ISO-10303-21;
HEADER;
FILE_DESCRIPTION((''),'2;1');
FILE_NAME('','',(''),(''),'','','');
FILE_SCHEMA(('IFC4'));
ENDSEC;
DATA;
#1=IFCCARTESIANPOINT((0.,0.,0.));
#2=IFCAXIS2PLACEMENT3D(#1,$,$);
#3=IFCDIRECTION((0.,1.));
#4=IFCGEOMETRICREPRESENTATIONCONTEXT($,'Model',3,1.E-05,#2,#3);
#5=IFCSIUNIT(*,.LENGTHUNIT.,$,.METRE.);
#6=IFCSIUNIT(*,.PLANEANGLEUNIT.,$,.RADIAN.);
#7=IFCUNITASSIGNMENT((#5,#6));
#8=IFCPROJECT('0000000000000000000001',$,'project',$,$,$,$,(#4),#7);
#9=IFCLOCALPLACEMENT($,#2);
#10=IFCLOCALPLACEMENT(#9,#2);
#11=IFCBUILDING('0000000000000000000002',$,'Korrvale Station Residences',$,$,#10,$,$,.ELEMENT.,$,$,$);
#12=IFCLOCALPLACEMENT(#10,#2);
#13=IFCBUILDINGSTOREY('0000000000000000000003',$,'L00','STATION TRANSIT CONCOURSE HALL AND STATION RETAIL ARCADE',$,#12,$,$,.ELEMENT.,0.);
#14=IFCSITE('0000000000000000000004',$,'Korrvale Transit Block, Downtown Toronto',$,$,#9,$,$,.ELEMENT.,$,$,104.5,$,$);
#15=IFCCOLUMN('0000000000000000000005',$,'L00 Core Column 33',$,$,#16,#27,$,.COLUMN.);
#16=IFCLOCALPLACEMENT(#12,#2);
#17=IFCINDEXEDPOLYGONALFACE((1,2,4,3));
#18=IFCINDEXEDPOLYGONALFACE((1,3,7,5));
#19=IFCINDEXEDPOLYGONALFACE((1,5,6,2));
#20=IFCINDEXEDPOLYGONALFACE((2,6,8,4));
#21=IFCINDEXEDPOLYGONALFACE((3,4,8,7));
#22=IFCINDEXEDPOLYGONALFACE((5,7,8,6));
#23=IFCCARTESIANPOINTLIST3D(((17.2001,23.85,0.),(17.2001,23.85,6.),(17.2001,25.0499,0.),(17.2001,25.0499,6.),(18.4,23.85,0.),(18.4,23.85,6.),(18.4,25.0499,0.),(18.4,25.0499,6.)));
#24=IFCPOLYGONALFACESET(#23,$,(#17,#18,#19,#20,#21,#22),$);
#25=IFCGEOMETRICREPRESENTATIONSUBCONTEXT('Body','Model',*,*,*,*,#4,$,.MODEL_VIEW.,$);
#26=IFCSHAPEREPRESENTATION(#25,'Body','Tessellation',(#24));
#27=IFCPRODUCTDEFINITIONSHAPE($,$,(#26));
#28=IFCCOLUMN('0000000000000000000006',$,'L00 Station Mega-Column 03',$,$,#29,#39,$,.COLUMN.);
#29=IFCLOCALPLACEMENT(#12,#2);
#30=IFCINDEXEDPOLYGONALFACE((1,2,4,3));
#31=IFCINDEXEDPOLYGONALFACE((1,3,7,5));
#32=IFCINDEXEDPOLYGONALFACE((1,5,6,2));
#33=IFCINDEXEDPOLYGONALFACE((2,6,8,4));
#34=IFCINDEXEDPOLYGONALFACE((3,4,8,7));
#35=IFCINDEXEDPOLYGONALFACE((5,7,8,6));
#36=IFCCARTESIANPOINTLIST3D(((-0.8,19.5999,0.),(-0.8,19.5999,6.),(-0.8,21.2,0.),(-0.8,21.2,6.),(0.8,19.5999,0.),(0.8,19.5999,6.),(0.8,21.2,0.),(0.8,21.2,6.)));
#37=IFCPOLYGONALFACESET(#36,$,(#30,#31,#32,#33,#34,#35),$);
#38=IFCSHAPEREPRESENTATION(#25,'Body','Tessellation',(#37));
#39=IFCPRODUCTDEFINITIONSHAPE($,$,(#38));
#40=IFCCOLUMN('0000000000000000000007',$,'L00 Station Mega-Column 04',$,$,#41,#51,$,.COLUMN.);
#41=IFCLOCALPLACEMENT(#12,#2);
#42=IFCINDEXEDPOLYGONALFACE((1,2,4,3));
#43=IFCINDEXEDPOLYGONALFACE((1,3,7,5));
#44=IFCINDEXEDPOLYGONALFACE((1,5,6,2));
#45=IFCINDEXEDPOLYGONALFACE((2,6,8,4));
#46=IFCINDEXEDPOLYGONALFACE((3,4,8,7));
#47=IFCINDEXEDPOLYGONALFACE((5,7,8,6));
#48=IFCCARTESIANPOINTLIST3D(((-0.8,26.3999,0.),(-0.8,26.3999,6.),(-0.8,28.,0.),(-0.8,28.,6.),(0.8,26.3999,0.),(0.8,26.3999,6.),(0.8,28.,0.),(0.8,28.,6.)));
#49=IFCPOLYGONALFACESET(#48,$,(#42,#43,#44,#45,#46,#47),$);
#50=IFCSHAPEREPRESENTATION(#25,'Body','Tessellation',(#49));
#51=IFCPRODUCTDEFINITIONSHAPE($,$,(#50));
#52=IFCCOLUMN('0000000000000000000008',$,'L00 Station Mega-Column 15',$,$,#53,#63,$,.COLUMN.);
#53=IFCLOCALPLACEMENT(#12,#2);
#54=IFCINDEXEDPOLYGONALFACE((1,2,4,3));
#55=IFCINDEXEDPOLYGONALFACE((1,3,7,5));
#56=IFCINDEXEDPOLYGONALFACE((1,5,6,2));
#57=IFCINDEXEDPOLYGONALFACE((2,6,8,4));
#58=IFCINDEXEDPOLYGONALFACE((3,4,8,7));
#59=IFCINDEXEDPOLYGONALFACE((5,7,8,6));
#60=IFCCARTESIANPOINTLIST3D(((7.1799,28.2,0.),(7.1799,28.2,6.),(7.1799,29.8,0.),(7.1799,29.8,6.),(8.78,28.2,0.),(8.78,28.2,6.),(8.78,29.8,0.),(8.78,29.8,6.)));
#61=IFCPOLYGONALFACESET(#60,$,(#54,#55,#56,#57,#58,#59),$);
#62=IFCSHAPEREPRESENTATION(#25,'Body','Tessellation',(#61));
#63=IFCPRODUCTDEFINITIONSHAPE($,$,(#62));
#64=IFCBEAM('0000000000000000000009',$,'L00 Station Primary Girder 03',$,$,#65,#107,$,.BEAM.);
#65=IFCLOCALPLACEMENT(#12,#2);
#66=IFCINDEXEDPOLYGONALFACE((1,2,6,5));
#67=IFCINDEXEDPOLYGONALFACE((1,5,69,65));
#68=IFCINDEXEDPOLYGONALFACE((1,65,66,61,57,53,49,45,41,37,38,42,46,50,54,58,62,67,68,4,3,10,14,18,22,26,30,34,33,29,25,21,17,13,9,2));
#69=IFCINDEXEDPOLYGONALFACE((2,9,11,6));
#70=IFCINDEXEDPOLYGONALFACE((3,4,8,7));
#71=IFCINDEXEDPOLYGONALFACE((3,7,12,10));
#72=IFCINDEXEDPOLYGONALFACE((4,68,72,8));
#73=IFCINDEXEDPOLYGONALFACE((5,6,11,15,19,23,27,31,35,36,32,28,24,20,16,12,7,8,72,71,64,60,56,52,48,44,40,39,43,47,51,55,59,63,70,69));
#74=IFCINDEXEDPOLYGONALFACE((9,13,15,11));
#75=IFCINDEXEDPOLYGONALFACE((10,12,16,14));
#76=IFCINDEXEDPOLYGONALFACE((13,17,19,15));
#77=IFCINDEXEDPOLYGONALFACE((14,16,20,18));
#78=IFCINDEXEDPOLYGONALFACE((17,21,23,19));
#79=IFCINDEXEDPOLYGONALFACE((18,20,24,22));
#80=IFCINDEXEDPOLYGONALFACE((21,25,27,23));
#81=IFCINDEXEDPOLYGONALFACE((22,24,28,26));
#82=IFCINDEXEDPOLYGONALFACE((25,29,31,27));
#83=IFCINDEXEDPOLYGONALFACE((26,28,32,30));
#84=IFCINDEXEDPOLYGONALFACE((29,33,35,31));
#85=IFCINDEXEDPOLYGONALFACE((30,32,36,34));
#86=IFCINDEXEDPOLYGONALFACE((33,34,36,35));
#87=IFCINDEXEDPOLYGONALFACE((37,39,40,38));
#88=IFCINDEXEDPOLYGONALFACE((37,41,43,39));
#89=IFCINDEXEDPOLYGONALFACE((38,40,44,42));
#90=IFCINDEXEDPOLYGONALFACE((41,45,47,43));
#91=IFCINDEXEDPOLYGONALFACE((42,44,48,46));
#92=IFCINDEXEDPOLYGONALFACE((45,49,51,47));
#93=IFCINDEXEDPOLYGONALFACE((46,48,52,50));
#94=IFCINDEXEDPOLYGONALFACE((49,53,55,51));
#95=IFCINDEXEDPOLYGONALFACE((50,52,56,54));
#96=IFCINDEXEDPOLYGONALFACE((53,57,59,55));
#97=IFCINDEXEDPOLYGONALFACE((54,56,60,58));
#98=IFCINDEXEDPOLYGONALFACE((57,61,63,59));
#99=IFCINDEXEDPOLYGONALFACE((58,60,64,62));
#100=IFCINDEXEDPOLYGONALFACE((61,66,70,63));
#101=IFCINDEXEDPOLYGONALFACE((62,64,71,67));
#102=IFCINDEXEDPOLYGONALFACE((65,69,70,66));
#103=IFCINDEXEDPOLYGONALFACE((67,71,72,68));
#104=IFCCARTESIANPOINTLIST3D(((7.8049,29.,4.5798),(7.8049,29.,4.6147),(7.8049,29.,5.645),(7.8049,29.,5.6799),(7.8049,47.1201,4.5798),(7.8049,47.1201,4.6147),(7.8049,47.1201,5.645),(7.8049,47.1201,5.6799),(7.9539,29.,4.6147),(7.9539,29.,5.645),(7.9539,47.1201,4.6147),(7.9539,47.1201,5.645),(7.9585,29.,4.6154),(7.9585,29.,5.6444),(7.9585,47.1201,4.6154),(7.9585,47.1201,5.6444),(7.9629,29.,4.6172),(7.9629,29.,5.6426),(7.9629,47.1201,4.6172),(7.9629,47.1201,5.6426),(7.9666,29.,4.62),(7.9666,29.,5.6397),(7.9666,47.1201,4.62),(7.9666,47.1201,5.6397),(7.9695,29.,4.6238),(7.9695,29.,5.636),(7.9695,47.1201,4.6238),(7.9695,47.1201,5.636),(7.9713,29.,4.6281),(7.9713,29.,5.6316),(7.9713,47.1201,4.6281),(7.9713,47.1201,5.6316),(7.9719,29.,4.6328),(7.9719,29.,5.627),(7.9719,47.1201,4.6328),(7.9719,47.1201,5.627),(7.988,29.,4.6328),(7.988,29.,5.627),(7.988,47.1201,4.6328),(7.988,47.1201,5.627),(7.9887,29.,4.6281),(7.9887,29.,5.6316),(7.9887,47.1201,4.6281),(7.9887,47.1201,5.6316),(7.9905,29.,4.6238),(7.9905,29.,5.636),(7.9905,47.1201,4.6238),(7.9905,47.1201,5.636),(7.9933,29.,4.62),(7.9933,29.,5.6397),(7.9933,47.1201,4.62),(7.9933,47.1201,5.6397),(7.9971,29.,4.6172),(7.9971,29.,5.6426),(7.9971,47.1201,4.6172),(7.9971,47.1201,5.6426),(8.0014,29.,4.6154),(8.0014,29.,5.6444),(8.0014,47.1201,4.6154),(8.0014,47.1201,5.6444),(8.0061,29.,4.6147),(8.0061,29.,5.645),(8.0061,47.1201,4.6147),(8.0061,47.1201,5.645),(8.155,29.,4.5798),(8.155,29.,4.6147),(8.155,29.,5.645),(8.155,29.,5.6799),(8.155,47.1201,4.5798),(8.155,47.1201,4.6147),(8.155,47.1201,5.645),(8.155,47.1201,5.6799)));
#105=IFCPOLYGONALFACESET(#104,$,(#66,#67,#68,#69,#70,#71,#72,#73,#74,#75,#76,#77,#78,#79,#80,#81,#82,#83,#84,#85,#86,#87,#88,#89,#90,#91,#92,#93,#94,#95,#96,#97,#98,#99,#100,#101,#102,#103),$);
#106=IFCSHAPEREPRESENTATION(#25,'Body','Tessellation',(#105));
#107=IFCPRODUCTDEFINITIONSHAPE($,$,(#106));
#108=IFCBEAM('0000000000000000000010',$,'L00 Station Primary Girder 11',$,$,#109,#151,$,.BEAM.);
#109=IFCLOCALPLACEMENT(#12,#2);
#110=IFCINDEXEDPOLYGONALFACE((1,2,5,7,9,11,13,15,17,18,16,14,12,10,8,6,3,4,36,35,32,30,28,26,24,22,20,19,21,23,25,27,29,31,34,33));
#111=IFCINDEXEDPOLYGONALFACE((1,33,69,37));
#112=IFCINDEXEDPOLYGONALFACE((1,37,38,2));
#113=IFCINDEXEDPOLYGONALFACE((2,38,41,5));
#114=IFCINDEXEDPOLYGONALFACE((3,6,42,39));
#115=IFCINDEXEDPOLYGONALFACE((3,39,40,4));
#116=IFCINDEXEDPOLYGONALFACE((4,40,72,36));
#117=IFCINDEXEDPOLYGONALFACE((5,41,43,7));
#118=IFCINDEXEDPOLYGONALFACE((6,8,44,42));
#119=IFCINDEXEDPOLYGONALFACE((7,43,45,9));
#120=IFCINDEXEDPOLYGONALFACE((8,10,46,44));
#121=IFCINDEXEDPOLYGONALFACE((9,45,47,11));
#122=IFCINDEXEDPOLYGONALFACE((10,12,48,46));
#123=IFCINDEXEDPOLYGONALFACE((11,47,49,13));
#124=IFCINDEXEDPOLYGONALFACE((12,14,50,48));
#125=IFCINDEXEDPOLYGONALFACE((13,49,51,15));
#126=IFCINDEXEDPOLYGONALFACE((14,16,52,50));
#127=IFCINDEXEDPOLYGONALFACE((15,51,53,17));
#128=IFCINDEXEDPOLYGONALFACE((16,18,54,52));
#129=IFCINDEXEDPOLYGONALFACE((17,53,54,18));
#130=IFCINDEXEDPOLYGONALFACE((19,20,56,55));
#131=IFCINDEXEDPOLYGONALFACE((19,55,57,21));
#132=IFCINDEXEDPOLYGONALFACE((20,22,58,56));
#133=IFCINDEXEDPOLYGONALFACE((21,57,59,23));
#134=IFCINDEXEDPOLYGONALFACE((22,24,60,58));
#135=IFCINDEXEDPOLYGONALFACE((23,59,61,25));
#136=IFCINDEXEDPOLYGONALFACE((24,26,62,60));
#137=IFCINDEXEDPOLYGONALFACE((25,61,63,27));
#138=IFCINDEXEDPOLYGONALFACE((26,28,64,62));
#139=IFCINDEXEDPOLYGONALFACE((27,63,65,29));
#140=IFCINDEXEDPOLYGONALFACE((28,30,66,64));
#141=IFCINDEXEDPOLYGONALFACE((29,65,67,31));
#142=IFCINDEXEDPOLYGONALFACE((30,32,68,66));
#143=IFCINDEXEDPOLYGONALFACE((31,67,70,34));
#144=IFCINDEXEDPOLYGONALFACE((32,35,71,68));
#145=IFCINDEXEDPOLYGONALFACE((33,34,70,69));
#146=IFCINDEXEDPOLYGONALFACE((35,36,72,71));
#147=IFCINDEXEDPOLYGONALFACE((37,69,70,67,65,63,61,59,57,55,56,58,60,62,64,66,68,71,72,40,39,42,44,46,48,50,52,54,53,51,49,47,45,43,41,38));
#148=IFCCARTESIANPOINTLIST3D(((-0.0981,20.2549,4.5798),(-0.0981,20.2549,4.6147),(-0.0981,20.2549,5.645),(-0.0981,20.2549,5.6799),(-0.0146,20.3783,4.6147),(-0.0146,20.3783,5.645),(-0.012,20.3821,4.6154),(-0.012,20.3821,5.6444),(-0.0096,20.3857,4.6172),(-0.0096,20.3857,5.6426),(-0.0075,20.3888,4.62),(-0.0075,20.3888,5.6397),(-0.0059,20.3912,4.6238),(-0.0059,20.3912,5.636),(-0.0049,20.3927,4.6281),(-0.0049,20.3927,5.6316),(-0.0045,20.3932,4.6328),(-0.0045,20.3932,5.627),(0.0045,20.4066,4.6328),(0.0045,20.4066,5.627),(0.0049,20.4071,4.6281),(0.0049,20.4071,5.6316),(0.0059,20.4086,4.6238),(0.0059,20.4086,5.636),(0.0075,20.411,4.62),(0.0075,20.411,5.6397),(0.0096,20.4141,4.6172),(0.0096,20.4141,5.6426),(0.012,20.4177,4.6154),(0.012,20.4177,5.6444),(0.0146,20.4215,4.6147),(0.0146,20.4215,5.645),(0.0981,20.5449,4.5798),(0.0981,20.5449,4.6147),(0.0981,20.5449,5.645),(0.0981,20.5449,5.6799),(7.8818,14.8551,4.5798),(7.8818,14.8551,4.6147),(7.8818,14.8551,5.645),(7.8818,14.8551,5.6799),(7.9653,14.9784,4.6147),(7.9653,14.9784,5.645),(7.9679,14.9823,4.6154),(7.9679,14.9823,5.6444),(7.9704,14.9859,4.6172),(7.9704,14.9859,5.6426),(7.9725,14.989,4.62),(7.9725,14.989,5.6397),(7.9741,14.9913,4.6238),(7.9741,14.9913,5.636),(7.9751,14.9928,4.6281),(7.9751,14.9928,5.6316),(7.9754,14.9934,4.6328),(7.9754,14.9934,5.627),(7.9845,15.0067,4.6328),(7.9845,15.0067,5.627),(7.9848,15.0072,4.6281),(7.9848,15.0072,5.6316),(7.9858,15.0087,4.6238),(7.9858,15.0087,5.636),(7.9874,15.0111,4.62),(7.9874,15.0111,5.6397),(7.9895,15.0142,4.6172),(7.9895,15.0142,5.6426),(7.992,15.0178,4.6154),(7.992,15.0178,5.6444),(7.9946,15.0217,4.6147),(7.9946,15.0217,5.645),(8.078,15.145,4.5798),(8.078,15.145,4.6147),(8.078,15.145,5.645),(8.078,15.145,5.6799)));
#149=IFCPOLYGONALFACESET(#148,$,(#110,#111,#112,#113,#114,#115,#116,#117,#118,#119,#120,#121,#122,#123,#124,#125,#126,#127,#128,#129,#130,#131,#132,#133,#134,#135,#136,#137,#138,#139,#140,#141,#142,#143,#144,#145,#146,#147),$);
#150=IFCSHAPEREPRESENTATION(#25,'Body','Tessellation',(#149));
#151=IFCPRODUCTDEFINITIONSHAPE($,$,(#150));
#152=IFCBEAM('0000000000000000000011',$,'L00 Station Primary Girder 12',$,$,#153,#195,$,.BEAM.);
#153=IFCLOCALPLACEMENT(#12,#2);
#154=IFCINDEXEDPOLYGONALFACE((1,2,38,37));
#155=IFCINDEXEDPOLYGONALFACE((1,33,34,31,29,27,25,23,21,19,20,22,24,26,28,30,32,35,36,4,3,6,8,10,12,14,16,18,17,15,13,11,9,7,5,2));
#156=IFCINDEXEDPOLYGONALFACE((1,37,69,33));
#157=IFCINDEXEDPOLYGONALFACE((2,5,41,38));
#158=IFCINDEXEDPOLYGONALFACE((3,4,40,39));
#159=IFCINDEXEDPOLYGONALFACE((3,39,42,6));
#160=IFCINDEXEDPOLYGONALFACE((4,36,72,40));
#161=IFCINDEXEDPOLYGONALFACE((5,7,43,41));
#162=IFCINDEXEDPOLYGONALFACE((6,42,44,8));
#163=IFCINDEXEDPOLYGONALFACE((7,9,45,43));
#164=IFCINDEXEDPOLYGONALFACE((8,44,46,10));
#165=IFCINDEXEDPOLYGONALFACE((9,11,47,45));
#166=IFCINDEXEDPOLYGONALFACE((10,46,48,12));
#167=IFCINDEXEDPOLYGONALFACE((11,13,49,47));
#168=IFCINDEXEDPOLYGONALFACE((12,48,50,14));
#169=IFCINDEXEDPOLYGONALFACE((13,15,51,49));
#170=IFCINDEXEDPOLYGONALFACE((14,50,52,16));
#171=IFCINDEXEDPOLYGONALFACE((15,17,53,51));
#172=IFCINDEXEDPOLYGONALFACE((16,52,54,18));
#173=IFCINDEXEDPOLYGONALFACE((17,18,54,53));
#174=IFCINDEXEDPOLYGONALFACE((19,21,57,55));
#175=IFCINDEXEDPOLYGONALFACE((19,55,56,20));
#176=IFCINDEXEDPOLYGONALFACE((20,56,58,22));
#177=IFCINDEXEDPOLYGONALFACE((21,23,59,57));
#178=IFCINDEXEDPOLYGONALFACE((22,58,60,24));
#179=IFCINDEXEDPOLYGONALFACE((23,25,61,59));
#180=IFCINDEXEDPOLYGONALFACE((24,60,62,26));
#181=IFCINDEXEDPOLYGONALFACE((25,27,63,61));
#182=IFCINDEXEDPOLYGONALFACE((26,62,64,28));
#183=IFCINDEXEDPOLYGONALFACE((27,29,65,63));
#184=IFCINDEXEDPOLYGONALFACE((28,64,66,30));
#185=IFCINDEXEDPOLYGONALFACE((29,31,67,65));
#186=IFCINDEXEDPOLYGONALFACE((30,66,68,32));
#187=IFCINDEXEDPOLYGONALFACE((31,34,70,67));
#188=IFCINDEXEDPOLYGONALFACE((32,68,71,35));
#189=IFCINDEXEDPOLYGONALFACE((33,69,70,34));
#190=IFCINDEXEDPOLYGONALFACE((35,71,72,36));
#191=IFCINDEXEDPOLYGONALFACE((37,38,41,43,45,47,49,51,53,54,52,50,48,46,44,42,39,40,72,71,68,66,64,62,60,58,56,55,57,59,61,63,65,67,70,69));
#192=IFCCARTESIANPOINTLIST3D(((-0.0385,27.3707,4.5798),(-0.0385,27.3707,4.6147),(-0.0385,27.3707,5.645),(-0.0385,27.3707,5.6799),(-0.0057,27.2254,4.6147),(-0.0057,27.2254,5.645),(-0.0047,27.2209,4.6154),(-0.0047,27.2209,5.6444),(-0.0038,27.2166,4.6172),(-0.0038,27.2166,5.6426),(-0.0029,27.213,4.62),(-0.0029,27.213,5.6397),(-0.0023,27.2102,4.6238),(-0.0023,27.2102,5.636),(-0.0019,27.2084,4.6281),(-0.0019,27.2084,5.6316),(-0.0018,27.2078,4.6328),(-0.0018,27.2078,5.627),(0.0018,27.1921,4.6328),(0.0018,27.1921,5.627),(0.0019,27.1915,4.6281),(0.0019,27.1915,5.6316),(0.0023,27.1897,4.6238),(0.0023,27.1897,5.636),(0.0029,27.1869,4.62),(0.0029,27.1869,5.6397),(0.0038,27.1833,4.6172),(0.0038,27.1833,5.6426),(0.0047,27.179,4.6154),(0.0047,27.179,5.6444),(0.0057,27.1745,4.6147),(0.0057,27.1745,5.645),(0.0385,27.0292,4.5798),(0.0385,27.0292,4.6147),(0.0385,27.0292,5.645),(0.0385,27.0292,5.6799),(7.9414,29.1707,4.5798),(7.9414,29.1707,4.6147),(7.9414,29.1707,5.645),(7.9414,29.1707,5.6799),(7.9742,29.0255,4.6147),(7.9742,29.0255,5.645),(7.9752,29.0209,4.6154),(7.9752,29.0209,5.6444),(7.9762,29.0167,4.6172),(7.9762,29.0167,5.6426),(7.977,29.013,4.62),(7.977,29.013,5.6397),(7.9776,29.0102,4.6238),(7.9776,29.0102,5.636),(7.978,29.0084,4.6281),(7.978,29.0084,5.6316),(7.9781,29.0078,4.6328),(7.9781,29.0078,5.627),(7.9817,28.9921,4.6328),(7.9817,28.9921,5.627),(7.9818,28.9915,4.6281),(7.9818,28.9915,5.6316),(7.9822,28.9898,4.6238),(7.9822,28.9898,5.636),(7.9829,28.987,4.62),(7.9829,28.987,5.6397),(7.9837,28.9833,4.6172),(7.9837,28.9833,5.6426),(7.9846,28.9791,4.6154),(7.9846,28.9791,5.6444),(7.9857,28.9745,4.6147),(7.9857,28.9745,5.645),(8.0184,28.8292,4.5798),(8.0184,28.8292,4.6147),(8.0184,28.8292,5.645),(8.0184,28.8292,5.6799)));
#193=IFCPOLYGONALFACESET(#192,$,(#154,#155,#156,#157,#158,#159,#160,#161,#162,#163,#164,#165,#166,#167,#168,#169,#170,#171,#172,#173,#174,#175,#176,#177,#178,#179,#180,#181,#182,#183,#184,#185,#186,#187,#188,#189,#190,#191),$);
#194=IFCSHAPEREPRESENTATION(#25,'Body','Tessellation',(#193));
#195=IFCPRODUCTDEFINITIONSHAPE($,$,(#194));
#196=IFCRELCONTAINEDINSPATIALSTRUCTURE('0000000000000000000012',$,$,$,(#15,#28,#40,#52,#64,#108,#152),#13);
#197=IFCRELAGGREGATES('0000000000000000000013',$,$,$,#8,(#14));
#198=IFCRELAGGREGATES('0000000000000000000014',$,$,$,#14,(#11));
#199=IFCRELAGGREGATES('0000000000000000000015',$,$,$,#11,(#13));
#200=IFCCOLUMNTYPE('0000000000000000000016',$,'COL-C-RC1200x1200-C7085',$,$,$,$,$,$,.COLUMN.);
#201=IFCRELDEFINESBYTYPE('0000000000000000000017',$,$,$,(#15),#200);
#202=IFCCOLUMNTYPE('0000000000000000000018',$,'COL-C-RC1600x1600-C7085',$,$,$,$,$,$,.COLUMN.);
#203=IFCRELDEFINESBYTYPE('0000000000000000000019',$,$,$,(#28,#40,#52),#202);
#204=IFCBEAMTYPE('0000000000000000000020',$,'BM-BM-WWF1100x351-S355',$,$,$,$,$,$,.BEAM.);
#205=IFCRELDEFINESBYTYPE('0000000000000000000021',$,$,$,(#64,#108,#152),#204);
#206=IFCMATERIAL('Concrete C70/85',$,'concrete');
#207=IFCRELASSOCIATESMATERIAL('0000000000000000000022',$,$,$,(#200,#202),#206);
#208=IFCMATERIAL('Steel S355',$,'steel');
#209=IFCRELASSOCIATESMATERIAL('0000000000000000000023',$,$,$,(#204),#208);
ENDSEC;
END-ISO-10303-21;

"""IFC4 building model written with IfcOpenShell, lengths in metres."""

from ifc_helpers import new_model, si_unit, direction, frame, origin, origin_2d, place, context, subcontext, project, spatial, rectangle, i_section, extrude, material, material_profile, profile_set, type_object, element, save


model = new_model("IFC4")

# Units and contexts
model_context = context("Model", 3, precision=1e-05, world=origin(), true_north=direction((0.0, 1.0)))
body_context = subcontext(model_context, "Body", "Model", "MODEL_VIEW")
ifc_project = project(units=[si_unit("LENGTHUNIT", "METRE"), si_unit("PLANEANGLEUNIT", "RADIAN")], contexts=[model_context])

# Site, building, storey
site_placement = place(None, origin())
site = spatial("IfcSite", under=ifc_project, at=site_placement, Name="Korrvale Transit Block, Downtown Toronto", CompositionType="ELEMENT", RefElevation=104.5)
building_placement = place(site_placement, origin())
building = spatial("IfcBuilding", under=site, at=building_placement, Name="Korrvale Station Residences", CompositionType="ELEMENT")
storey_placement = place(building_placement, origin())
storey = spatial("IfcBuildingStorey", under=building, at=storey_placement, Name="L00", Description="STATION TRANSIT CONCOURSE HALL AND STATION RETAIL ARCADE", CompositionType="ELEMENT", Elevation=0.0)

# Columns
ifc_material_1 = material(Name="Concrete C70/85", Category="concrete")
ifc_material_profile_1 = material_profile(ifc_material_1, rectangle(XDim=1.2, YDim=1.2, at=origin_2d()), Name="RC1200x1200")
ifc_profile_set_1 = profile_set([ifc_material_profile_1], Name="Concrete C70/85")
column_type_1 = type_object("IfcColumnType", Name="COL-C-RC1200x1200-C7085", PredefinedType="COLUMN", material=ifc_profile_set_1)
column_placement = place(storey_placement, frame((17.8, 24.45, 0.0), z_axis=(0.0, 0.0, 1.0), x_axis=(1.0, 0.0, 0.0)))
element("IfcColumn", 1, at=column_placement, inside=storey, type_object=column_type_1, Name="L00 Core Column 33", PredefinedType="COLUMN", context=body_context, shape_type="SweptSolid", body=[
    extrude(rectangle(XDim=1.2, YDim=1.2, at=origin_2d()), origin(), (0.0, 0.0, 1.0), 6.0),
])
ifc_material_profile_2 = material_profile(ifc_material_1, rectangle(XDim=1.6001, YDim=1.6001, at=origin_2d()), Name="RC1600x1600")
ifc_profile_set_2 = profile_set([ifc_material_profile_2], Name="Concrete C70/85")
column_type_2 = type_object("IfcColumnType", Name="COL-C-RC1600x1600-C7085", PredefinedType="COLUMN", material=ifc_profile_set_2)
for number, where, z_axis, x_axis, name in (
    (2, (0.0, 20.3999, 0.0), (0.0, 0.0, 1.0), (1.0, 0.0, 0.0), "L00 Station Mega-Column 03"),
    (3, (0.0, 27.2, 0.0), (0.0, 0.0, 1.0), (1.0, 0.0, 0.0), "L00 Station Mega-Column 04"),
    (4, (7.98, 29.0, 0.0), (0.0, 0.0, 1.0), (1.0, 0.0, 0.0), "L00 Station Mega-Column 15"),
):
    element("IfcColumn", number, at=place(storey_placement, frame(where, z_axis=z_axis, x_axis=x_axis)), inside=storey, type_object=column_type_2, Name=name, PredefinedType="COLUMN", context=body_context, shape_type="SweptSolid", body=[
        extrude(rectangle(XDim=1.6001, YDim=1.6001, at=origin_2d()), origin(), (0.0, 0.0, 1.0), 6.0),
    ])

# Beams
ifc_material_2 = material(Name="Steel S355", Category="steel")
ifc_material_profile_3 = material_profile(ifc_material_2, i_section(OverallWidth=0.3501, OverallDepth=1.1001, WebThickness=0.0161, FlangeThickness=0.0349, FilletRadius=0.0181, at=origin_2d()), Name="WWF1100x351")
ifc_profile_set_3 = profile_set([ifc_material_profile_3], Name="Steel S355")
beam_type_1 = type_object("IfcBeamType", Name="BM-BM-WWF1100x351-S355", PredefinedType="BEAM", material=ifc_profile_set_3)
beam_1_placement = place(storey_placement, frame((7.98, 29.0, 5.1299), z_axis=(0.0, 1.0, 0.0), x_axis=(-1.0, 0.0, 0.0)))
element("IfcBeam", 5, at=beam_1_placement, inside=storey, type_object=beam_type_1, Name="L00 Station Primary Girder 03", PredefinedType="BEAM", context=body_context, shape_type="SweptSolid", body=[
    extrude(i_section(OverallWidth=0.3501, OverallDepth=1.1001, WebThickness=0.0161, FlangeThickness=0.0349, FilletRadius=0.0181, at=origin_2d()), origin(), (0.0, 0.0, 1.0), 18.1201),
])
beam_2_placement = place(storey_placement, frame((0.0, 20.3999, 5.1299), z_axis=(0.828202, -0.560429, 0.0), x_axis=(0.560429, 0.828202, 0.0)))
element("IfcBeam", 6, at=beam_2_placement, inside=storey, type_object=beam_type_1, Name="L00 Station Primary Girder 11", PredefinedType="BEAM", context=body_context, shape_type="SweptSolid", body=[
    extrude(i_section(OverallWidth=0.3501, OverallDepth=1.1001, WebThickness=0.0161, FlangeThickness=0.0349, FilletRadius=0.0181, at=origin_2d()), origin(), (0.0, 0.0, 1.0), 9.6353),
])
beam_3_placement = place(storey_placement, frame((0.0, 27.2, 5.1299), z_axis=(0.97549, 0.220042, 0.0), x_axis=(-0.220042, 0.97549, 0.0)))
element("IfcBeam", 7, at=beam_3_placement, inside=storey, type_object=beam_type_1, Name="L00 Station Primary Girder 12", PredefinedType="BEAM", context=body_context, shape_type="SweptSolid", body=[
    extrude(i_section(OverallWidth=0.3501, OverallDepth=1.1001, WebThickness=0.0161, FlangeThickness=0.0349, FilletRadius=0.0181, at=origin_2d()), origin(), (0.0, 0.0, 1.0), 8.1804),
])

save(model, "model.ifc")
